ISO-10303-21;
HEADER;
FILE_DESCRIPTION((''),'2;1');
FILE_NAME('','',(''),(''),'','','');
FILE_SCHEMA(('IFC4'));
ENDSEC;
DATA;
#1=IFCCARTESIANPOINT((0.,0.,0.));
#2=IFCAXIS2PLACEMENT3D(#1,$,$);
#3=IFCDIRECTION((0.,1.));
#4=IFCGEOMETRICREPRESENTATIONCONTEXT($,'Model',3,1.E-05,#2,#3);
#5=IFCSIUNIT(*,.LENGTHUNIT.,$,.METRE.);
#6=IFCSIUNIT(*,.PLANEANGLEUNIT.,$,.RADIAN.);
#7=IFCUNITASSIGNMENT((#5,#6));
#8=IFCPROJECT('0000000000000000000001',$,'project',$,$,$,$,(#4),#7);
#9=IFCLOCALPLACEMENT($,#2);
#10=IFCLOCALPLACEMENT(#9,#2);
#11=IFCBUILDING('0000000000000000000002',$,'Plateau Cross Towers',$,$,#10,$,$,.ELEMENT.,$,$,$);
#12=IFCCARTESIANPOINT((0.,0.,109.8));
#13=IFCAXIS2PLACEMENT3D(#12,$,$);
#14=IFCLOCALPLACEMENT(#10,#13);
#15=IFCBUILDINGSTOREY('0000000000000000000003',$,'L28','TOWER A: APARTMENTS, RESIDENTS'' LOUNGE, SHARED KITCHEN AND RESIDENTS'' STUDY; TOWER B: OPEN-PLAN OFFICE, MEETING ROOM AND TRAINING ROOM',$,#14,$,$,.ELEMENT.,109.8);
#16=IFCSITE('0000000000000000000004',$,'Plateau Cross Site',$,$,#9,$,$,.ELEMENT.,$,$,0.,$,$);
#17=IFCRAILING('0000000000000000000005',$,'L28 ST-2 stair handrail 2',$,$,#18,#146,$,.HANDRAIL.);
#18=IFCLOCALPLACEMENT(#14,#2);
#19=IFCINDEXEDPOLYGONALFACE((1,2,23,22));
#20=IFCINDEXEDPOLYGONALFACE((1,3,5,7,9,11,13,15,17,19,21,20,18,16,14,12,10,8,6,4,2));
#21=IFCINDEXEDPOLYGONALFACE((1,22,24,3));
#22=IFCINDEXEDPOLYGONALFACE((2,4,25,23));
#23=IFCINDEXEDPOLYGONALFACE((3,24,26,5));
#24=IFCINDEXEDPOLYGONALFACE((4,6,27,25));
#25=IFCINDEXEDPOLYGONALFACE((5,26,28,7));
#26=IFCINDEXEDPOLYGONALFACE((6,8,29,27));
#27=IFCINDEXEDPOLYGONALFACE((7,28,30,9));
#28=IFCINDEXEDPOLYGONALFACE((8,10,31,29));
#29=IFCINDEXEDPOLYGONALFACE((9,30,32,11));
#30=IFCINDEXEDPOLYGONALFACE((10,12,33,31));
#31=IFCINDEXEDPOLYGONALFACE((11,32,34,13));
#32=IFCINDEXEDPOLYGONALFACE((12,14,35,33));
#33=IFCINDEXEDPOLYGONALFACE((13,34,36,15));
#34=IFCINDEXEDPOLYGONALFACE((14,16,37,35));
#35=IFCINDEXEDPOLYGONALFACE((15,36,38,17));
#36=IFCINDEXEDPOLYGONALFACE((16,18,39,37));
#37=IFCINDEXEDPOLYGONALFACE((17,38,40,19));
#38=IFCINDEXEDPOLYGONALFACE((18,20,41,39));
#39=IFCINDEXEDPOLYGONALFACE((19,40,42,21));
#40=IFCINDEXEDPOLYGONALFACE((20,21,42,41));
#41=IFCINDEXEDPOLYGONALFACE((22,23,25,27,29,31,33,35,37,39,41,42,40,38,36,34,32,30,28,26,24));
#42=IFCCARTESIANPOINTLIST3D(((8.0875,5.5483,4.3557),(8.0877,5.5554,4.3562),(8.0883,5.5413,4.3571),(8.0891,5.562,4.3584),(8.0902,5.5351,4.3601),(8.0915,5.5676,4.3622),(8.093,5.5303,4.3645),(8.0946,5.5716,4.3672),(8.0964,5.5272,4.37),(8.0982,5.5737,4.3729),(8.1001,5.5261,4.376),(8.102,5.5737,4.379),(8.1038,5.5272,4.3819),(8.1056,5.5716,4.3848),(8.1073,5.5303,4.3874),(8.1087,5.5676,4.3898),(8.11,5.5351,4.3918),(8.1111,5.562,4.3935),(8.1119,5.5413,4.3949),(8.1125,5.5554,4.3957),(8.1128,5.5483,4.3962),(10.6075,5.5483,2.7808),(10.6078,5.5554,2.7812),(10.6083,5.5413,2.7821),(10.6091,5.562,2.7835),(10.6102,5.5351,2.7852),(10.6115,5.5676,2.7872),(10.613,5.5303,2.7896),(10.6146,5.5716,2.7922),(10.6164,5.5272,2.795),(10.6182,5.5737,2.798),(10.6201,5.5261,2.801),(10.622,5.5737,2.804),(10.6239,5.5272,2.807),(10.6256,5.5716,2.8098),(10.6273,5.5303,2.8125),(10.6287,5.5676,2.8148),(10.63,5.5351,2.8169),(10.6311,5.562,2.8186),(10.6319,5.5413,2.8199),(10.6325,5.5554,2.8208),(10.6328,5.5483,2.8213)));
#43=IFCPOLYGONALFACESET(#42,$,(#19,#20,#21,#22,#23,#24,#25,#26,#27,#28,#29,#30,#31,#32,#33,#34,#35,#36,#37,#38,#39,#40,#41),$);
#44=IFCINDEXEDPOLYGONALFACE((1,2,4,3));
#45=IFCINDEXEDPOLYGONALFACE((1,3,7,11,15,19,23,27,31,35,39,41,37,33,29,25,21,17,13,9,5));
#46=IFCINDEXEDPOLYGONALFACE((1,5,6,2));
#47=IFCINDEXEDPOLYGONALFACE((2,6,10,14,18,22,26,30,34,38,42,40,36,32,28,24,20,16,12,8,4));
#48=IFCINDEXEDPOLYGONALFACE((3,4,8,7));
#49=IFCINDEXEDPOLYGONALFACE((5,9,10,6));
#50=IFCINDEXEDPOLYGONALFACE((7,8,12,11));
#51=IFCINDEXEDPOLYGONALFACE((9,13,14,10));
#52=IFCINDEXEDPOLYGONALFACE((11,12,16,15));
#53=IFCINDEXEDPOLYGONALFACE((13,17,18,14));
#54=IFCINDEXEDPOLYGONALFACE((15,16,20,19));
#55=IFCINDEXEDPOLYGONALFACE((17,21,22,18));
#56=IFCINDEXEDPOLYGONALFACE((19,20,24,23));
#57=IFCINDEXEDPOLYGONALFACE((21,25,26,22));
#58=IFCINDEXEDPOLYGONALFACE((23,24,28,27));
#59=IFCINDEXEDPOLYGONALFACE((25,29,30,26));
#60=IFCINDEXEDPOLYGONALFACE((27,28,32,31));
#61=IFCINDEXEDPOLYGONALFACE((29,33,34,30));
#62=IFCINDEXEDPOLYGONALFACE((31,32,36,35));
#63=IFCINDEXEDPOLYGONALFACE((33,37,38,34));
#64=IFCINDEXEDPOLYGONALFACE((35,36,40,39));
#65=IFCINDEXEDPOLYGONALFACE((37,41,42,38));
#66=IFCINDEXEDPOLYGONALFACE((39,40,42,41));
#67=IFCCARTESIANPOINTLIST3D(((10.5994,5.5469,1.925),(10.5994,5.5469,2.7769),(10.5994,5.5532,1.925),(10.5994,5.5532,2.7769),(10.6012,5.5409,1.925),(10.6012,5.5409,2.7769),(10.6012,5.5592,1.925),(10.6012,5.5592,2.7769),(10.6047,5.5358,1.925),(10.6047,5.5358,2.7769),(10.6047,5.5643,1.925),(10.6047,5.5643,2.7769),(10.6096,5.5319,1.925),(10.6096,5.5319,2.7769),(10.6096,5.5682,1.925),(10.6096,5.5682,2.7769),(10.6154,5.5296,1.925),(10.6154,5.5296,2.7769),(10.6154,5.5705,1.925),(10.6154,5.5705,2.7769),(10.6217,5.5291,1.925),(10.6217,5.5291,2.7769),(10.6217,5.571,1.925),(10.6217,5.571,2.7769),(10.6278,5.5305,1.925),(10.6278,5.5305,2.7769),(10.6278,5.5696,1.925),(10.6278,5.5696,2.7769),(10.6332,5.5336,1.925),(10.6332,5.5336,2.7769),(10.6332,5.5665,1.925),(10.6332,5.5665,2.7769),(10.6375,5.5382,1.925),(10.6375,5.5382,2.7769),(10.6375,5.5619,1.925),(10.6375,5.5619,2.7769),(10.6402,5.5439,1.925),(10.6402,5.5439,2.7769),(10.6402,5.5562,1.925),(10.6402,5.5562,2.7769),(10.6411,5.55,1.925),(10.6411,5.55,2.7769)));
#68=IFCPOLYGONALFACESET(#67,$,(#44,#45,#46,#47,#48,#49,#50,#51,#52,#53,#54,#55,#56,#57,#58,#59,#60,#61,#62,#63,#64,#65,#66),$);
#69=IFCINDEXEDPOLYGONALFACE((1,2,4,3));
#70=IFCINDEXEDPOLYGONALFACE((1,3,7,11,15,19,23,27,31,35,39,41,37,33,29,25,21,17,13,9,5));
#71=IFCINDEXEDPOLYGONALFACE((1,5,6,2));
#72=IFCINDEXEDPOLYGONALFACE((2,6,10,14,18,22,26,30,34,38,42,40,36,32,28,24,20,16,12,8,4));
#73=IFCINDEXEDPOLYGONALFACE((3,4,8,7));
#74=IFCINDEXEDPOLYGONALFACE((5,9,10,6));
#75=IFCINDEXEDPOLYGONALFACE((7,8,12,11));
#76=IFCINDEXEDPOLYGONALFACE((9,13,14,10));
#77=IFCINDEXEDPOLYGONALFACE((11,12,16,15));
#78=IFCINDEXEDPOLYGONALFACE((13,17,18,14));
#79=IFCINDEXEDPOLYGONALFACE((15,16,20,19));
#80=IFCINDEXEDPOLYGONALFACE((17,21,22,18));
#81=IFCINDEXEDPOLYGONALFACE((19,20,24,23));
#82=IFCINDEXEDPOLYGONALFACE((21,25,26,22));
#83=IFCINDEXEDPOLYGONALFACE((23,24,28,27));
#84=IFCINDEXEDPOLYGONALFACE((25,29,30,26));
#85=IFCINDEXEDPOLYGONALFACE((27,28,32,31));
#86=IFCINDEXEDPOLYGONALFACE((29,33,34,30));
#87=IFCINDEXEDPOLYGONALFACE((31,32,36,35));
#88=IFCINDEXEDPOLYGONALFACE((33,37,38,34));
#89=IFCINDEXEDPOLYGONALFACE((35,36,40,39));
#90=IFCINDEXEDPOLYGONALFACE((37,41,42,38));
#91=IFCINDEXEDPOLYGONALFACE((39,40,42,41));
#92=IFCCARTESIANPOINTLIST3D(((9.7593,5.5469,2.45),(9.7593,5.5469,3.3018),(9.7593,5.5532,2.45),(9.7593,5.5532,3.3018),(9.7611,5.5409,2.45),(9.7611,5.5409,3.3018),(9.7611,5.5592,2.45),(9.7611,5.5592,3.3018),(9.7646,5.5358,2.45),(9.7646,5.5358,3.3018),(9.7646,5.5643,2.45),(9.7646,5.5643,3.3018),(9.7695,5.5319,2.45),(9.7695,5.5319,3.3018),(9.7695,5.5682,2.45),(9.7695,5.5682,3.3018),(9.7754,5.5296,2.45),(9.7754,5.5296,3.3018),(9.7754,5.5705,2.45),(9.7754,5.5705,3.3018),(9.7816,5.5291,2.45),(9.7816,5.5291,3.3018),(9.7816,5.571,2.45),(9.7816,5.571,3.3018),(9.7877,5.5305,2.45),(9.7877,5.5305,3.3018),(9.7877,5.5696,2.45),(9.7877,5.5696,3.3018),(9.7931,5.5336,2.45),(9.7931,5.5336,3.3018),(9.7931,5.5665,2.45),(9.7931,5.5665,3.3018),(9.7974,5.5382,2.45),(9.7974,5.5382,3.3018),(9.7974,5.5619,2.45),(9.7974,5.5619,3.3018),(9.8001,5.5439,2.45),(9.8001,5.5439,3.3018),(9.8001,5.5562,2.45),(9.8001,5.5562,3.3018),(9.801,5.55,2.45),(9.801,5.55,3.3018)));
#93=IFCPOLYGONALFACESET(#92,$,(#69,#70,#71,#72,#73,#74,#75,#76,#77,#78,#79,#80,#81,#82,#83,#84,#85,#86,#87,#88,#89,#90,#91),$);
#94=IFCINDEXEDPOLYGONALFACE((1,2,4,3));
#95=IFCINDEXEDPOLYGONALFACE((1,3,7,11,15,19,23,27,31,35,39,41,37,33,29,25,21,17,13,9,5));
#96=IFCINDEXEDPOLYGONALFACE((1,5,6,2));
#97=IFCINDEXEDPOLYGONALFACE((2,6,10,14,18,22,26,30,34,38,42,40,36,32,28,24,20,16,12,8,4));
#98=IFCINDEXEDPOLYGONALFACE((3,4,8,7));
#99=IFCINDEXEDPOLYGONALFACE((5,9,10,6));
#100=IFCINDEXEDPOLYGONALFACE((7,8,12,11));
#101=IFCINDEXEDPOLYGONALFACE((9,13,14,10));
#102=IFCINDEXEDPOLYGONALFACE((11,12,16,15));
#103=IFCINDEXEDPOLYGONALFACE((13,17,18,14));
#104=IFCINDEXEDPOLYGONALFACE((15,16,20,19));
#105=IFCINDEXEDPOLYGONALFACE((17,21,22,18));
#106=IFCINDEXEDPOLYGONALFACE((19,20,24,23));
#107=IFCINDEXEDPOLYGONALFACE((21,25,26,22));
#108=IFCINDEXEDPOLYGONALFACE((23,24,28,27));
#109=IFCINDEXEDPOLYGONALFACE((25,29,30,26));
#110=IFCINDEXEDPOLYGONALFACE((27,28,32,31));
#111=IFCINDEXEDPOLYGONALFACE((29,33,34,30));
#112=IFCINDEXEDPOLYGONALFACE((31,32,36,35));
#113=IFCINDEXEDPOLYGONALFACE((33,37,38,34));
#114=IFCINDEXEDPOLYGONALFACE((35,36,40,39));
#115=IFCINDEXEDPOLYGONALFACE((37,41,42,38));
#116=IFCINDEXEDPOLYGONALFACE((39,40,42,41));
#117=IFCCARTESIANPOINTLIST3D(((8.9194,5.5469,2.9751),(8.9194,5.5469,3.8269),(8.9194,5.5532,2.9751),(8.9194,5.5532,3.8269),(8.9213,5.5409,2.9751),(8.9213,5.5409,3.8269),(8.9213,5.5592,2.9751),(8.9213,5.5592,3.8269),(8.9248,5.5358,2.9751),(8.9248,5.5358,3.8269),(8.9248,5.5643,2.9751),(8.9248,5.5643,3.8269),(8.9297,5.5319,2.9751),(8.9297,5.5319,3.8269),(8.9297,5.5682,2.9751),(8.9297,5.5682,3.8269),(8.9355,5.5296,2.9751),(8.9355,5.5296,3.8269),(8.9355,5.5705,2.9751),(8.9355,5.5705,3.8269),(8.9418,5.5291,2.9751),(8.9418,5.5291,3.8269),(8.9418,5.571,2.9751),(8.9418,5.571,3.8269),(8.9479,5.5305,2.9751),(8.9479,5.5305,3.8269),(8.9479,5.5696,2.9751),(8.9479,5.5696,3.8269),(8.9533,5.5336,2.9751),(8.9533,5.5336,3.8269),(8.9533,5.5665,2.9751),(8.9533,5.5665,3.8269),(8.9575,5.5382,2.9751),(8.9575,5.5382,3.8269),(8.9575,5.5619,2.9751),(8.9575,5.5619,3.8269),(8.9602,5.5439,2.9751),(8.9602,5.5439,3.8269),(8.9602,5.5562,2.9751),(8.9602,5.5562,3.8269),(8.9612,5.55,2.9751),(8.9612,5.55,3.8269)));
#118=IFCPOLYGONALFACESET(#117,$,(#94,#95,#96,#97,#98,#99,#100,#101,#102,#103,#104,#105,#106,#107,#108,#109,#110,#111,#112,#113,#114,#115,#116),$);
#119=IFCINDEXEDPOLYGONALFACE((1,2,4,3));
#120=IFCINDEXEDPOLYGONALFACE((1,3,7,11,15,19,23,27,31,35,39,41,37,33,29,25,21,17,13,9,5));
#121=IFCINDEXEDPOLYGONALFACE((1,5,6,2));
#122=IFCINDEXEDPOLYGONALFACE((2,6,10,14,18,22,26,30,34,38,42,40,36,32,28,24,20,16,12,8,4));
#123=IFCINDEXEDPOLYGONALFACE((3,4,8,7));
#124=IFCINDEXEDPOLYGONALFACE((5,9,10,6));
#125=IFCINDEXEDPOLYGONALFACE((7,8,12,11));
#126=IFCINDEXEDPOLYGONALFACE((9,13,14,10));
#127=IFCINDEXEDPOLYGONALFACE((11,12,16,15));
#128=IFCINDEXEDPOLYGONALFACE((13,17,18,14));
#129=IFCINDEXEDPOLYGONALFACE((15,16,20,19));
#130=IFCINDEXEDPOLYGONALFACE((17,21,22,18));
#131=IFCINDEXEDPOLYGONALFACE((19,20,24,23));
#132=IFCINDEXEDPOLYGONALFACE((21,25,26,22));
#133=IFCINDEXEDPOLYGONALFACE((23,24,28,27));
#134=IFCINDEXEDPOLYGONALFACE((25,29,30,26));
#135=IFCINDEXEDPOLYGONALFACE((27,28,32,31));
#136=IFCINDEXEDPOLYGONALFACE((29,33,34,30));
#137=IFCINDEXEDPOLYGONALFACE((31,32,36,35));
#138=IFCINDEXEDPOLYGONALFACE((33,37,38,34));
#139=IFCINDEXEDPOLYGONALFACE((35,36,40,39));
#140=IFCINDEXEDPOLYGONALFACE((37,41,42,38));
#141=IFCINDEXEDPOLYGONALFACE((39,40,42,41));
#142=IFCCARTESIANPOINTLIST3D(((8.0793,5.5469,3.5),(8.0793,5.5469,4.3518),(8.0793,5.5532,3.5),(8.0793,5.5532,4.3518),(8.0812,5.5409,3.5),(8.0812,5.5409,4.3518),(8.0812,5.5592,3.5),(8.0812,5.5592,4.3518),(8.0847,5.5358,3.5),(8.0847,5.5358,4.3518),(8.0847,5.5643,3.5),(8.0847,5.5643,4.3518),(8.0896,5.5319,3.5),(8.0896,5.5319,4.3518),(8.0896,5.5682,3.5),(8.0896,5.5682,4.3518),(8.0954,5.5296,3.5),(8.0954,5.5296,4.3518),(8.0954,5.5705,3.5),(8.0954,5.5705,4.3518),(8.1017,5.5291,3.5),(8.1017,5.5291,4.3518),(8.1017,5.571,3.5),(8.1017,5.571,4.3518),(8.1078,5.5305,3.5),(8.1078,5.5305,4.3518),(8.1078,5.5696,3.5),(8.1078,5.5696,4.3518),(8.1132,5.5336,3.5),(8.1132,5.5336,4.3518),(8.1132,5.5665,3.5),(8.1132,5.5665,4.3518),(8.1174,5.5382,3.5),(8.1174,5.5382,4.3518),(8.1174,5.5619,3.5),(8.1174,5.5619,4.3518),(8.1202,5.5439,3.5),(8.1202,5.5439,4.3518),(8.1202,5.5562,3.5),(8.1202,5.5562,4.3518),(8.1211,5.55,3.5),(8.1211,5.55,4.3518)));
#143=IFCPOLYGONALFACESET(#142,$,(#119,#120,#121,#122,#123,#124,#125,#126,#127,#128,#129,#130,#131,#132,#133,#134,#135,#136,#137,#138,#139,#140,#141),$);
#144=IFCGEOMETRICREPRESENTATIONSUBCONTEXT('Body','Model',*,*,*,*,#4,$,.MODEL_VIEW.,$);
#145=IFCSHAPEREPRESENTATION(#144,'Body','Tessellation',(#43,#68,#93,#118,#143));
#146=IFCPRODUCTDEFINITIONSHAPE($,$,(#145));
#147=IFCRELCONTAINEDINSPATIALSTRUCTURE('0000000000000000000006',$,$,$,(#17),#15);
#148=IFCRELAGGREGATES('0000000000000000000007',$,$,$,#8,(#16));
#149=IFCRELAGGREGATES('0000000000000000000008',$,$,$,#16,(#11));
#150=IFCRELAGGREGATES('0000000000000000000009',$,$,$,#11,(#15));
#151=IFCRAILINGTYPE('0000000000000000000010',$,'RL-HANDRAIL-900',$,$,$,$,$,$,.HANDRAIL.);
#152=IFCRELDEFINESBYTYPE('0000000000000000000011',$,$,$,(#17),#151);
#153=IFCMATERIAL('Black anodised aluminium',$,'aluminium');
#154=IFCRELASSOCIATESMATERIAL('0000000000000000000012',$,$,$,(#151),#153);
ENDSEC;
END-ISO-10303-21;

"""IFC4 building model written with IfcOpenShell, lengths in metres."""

from ifc_helpers import new_model, si_unit, direction, frame, origin, origin_2d, place, context, subcontext, project, spatial, circle, extrude, material, type_object, element, save


model = new_model("IFC4")

# Units and contexts
model_context = context("Model", 3, precision=1e-05, world=origin(), true_north=direction((0.0, 1.0)))
body_context = subcontext(model_context, "Body", "Model", "MODEL_VIEW")
ifc_project = project(units=[si_unit("LENGTHUNIT", "METRE"), si_unit("PLANEANGLEUNIT", "RADIAN")], contexts=[model_context])

# Site, building, storey
site_placement = place(None, origin())
site = spatial("IfcSite", under=ifc_project, at=site_placement, Name="Plateau Cross Site", CompositionType="ELEMENT", RefElevation=0.0)
building_placement = place(site_placement, origin())
building = spatial("IfcBuilding", under=site, at=building_placement, Name="Plateau Cross Towers", CompositionType="ELEMENT")
storey_placement = place(building_placement, frame((0.0, 0.0, 109.8)))
storey = spatial("IfcBuildingStorey", under=building, at=storey_placement, Name="L28", Description="TOWER A: APARTMENTS, RESIDENTS' LOUNGE, SHARED KITCHEN AND RESIDENTS' STUDY; TOWER B: OPEN-PLAN OFFICE, MEETING ROOM AND TRAINING ROOM", CompositionType="ELEMENT", Elevation=109.8)

# Railing
ifc_material_1 = material(Name="Black anodised aluminium", Category="aluminium")
railing_type_1 = type_object("IfcRailingType", Name="RL-HANDRAIL-900", PredefinedType="HANDRAIL", material=ifc_material_1)
railing_1_placement = place(storey_placement, frame((10.6201, 5.55, 1.925)))
element("IfcRailing", 1, at=railing_1_placement, inside=storey, type_object=railing_type_1, Name="L28 ST-2 stair handrail 2", PredefinedType="HANDRAIL", context=body_context, shape_type="SweptSolid", body=[
    extrude(circle(Radius=0.0239, at=origin_2d()), frame((0.0, 0.0, 0.876), z_axis=(-0.848008, 0.0, 0.529984), x_axis=(0.0, -1.0, 0.0)), (0.0, 0.0, 1.0), 2.9717),
    extrude(circle(Radius=0.021, at=origin_2d()), origin(), (0.0, 0.0, 1.0), 0.8518),
    extrude(circle(Radius=0.021, at=origin_2d()), frame((-0.8401, 0.0, 0.5249)), (0.0, 0.0, 1.0), 0.8518),
    extrude(circle(Radius=0.021, at=origin_2d()), frame((-1.6799, 0.0, 1.05)), (0.0, 0.0, 1.0), 0.8518),
    extrude(circle(Radius=0.021, at=origin_2d()), frame((-2.52, 0.0, 1.575)), (0.0, 0.0, 1.0), 0.8518),
])

save(model, "model.ifc")
